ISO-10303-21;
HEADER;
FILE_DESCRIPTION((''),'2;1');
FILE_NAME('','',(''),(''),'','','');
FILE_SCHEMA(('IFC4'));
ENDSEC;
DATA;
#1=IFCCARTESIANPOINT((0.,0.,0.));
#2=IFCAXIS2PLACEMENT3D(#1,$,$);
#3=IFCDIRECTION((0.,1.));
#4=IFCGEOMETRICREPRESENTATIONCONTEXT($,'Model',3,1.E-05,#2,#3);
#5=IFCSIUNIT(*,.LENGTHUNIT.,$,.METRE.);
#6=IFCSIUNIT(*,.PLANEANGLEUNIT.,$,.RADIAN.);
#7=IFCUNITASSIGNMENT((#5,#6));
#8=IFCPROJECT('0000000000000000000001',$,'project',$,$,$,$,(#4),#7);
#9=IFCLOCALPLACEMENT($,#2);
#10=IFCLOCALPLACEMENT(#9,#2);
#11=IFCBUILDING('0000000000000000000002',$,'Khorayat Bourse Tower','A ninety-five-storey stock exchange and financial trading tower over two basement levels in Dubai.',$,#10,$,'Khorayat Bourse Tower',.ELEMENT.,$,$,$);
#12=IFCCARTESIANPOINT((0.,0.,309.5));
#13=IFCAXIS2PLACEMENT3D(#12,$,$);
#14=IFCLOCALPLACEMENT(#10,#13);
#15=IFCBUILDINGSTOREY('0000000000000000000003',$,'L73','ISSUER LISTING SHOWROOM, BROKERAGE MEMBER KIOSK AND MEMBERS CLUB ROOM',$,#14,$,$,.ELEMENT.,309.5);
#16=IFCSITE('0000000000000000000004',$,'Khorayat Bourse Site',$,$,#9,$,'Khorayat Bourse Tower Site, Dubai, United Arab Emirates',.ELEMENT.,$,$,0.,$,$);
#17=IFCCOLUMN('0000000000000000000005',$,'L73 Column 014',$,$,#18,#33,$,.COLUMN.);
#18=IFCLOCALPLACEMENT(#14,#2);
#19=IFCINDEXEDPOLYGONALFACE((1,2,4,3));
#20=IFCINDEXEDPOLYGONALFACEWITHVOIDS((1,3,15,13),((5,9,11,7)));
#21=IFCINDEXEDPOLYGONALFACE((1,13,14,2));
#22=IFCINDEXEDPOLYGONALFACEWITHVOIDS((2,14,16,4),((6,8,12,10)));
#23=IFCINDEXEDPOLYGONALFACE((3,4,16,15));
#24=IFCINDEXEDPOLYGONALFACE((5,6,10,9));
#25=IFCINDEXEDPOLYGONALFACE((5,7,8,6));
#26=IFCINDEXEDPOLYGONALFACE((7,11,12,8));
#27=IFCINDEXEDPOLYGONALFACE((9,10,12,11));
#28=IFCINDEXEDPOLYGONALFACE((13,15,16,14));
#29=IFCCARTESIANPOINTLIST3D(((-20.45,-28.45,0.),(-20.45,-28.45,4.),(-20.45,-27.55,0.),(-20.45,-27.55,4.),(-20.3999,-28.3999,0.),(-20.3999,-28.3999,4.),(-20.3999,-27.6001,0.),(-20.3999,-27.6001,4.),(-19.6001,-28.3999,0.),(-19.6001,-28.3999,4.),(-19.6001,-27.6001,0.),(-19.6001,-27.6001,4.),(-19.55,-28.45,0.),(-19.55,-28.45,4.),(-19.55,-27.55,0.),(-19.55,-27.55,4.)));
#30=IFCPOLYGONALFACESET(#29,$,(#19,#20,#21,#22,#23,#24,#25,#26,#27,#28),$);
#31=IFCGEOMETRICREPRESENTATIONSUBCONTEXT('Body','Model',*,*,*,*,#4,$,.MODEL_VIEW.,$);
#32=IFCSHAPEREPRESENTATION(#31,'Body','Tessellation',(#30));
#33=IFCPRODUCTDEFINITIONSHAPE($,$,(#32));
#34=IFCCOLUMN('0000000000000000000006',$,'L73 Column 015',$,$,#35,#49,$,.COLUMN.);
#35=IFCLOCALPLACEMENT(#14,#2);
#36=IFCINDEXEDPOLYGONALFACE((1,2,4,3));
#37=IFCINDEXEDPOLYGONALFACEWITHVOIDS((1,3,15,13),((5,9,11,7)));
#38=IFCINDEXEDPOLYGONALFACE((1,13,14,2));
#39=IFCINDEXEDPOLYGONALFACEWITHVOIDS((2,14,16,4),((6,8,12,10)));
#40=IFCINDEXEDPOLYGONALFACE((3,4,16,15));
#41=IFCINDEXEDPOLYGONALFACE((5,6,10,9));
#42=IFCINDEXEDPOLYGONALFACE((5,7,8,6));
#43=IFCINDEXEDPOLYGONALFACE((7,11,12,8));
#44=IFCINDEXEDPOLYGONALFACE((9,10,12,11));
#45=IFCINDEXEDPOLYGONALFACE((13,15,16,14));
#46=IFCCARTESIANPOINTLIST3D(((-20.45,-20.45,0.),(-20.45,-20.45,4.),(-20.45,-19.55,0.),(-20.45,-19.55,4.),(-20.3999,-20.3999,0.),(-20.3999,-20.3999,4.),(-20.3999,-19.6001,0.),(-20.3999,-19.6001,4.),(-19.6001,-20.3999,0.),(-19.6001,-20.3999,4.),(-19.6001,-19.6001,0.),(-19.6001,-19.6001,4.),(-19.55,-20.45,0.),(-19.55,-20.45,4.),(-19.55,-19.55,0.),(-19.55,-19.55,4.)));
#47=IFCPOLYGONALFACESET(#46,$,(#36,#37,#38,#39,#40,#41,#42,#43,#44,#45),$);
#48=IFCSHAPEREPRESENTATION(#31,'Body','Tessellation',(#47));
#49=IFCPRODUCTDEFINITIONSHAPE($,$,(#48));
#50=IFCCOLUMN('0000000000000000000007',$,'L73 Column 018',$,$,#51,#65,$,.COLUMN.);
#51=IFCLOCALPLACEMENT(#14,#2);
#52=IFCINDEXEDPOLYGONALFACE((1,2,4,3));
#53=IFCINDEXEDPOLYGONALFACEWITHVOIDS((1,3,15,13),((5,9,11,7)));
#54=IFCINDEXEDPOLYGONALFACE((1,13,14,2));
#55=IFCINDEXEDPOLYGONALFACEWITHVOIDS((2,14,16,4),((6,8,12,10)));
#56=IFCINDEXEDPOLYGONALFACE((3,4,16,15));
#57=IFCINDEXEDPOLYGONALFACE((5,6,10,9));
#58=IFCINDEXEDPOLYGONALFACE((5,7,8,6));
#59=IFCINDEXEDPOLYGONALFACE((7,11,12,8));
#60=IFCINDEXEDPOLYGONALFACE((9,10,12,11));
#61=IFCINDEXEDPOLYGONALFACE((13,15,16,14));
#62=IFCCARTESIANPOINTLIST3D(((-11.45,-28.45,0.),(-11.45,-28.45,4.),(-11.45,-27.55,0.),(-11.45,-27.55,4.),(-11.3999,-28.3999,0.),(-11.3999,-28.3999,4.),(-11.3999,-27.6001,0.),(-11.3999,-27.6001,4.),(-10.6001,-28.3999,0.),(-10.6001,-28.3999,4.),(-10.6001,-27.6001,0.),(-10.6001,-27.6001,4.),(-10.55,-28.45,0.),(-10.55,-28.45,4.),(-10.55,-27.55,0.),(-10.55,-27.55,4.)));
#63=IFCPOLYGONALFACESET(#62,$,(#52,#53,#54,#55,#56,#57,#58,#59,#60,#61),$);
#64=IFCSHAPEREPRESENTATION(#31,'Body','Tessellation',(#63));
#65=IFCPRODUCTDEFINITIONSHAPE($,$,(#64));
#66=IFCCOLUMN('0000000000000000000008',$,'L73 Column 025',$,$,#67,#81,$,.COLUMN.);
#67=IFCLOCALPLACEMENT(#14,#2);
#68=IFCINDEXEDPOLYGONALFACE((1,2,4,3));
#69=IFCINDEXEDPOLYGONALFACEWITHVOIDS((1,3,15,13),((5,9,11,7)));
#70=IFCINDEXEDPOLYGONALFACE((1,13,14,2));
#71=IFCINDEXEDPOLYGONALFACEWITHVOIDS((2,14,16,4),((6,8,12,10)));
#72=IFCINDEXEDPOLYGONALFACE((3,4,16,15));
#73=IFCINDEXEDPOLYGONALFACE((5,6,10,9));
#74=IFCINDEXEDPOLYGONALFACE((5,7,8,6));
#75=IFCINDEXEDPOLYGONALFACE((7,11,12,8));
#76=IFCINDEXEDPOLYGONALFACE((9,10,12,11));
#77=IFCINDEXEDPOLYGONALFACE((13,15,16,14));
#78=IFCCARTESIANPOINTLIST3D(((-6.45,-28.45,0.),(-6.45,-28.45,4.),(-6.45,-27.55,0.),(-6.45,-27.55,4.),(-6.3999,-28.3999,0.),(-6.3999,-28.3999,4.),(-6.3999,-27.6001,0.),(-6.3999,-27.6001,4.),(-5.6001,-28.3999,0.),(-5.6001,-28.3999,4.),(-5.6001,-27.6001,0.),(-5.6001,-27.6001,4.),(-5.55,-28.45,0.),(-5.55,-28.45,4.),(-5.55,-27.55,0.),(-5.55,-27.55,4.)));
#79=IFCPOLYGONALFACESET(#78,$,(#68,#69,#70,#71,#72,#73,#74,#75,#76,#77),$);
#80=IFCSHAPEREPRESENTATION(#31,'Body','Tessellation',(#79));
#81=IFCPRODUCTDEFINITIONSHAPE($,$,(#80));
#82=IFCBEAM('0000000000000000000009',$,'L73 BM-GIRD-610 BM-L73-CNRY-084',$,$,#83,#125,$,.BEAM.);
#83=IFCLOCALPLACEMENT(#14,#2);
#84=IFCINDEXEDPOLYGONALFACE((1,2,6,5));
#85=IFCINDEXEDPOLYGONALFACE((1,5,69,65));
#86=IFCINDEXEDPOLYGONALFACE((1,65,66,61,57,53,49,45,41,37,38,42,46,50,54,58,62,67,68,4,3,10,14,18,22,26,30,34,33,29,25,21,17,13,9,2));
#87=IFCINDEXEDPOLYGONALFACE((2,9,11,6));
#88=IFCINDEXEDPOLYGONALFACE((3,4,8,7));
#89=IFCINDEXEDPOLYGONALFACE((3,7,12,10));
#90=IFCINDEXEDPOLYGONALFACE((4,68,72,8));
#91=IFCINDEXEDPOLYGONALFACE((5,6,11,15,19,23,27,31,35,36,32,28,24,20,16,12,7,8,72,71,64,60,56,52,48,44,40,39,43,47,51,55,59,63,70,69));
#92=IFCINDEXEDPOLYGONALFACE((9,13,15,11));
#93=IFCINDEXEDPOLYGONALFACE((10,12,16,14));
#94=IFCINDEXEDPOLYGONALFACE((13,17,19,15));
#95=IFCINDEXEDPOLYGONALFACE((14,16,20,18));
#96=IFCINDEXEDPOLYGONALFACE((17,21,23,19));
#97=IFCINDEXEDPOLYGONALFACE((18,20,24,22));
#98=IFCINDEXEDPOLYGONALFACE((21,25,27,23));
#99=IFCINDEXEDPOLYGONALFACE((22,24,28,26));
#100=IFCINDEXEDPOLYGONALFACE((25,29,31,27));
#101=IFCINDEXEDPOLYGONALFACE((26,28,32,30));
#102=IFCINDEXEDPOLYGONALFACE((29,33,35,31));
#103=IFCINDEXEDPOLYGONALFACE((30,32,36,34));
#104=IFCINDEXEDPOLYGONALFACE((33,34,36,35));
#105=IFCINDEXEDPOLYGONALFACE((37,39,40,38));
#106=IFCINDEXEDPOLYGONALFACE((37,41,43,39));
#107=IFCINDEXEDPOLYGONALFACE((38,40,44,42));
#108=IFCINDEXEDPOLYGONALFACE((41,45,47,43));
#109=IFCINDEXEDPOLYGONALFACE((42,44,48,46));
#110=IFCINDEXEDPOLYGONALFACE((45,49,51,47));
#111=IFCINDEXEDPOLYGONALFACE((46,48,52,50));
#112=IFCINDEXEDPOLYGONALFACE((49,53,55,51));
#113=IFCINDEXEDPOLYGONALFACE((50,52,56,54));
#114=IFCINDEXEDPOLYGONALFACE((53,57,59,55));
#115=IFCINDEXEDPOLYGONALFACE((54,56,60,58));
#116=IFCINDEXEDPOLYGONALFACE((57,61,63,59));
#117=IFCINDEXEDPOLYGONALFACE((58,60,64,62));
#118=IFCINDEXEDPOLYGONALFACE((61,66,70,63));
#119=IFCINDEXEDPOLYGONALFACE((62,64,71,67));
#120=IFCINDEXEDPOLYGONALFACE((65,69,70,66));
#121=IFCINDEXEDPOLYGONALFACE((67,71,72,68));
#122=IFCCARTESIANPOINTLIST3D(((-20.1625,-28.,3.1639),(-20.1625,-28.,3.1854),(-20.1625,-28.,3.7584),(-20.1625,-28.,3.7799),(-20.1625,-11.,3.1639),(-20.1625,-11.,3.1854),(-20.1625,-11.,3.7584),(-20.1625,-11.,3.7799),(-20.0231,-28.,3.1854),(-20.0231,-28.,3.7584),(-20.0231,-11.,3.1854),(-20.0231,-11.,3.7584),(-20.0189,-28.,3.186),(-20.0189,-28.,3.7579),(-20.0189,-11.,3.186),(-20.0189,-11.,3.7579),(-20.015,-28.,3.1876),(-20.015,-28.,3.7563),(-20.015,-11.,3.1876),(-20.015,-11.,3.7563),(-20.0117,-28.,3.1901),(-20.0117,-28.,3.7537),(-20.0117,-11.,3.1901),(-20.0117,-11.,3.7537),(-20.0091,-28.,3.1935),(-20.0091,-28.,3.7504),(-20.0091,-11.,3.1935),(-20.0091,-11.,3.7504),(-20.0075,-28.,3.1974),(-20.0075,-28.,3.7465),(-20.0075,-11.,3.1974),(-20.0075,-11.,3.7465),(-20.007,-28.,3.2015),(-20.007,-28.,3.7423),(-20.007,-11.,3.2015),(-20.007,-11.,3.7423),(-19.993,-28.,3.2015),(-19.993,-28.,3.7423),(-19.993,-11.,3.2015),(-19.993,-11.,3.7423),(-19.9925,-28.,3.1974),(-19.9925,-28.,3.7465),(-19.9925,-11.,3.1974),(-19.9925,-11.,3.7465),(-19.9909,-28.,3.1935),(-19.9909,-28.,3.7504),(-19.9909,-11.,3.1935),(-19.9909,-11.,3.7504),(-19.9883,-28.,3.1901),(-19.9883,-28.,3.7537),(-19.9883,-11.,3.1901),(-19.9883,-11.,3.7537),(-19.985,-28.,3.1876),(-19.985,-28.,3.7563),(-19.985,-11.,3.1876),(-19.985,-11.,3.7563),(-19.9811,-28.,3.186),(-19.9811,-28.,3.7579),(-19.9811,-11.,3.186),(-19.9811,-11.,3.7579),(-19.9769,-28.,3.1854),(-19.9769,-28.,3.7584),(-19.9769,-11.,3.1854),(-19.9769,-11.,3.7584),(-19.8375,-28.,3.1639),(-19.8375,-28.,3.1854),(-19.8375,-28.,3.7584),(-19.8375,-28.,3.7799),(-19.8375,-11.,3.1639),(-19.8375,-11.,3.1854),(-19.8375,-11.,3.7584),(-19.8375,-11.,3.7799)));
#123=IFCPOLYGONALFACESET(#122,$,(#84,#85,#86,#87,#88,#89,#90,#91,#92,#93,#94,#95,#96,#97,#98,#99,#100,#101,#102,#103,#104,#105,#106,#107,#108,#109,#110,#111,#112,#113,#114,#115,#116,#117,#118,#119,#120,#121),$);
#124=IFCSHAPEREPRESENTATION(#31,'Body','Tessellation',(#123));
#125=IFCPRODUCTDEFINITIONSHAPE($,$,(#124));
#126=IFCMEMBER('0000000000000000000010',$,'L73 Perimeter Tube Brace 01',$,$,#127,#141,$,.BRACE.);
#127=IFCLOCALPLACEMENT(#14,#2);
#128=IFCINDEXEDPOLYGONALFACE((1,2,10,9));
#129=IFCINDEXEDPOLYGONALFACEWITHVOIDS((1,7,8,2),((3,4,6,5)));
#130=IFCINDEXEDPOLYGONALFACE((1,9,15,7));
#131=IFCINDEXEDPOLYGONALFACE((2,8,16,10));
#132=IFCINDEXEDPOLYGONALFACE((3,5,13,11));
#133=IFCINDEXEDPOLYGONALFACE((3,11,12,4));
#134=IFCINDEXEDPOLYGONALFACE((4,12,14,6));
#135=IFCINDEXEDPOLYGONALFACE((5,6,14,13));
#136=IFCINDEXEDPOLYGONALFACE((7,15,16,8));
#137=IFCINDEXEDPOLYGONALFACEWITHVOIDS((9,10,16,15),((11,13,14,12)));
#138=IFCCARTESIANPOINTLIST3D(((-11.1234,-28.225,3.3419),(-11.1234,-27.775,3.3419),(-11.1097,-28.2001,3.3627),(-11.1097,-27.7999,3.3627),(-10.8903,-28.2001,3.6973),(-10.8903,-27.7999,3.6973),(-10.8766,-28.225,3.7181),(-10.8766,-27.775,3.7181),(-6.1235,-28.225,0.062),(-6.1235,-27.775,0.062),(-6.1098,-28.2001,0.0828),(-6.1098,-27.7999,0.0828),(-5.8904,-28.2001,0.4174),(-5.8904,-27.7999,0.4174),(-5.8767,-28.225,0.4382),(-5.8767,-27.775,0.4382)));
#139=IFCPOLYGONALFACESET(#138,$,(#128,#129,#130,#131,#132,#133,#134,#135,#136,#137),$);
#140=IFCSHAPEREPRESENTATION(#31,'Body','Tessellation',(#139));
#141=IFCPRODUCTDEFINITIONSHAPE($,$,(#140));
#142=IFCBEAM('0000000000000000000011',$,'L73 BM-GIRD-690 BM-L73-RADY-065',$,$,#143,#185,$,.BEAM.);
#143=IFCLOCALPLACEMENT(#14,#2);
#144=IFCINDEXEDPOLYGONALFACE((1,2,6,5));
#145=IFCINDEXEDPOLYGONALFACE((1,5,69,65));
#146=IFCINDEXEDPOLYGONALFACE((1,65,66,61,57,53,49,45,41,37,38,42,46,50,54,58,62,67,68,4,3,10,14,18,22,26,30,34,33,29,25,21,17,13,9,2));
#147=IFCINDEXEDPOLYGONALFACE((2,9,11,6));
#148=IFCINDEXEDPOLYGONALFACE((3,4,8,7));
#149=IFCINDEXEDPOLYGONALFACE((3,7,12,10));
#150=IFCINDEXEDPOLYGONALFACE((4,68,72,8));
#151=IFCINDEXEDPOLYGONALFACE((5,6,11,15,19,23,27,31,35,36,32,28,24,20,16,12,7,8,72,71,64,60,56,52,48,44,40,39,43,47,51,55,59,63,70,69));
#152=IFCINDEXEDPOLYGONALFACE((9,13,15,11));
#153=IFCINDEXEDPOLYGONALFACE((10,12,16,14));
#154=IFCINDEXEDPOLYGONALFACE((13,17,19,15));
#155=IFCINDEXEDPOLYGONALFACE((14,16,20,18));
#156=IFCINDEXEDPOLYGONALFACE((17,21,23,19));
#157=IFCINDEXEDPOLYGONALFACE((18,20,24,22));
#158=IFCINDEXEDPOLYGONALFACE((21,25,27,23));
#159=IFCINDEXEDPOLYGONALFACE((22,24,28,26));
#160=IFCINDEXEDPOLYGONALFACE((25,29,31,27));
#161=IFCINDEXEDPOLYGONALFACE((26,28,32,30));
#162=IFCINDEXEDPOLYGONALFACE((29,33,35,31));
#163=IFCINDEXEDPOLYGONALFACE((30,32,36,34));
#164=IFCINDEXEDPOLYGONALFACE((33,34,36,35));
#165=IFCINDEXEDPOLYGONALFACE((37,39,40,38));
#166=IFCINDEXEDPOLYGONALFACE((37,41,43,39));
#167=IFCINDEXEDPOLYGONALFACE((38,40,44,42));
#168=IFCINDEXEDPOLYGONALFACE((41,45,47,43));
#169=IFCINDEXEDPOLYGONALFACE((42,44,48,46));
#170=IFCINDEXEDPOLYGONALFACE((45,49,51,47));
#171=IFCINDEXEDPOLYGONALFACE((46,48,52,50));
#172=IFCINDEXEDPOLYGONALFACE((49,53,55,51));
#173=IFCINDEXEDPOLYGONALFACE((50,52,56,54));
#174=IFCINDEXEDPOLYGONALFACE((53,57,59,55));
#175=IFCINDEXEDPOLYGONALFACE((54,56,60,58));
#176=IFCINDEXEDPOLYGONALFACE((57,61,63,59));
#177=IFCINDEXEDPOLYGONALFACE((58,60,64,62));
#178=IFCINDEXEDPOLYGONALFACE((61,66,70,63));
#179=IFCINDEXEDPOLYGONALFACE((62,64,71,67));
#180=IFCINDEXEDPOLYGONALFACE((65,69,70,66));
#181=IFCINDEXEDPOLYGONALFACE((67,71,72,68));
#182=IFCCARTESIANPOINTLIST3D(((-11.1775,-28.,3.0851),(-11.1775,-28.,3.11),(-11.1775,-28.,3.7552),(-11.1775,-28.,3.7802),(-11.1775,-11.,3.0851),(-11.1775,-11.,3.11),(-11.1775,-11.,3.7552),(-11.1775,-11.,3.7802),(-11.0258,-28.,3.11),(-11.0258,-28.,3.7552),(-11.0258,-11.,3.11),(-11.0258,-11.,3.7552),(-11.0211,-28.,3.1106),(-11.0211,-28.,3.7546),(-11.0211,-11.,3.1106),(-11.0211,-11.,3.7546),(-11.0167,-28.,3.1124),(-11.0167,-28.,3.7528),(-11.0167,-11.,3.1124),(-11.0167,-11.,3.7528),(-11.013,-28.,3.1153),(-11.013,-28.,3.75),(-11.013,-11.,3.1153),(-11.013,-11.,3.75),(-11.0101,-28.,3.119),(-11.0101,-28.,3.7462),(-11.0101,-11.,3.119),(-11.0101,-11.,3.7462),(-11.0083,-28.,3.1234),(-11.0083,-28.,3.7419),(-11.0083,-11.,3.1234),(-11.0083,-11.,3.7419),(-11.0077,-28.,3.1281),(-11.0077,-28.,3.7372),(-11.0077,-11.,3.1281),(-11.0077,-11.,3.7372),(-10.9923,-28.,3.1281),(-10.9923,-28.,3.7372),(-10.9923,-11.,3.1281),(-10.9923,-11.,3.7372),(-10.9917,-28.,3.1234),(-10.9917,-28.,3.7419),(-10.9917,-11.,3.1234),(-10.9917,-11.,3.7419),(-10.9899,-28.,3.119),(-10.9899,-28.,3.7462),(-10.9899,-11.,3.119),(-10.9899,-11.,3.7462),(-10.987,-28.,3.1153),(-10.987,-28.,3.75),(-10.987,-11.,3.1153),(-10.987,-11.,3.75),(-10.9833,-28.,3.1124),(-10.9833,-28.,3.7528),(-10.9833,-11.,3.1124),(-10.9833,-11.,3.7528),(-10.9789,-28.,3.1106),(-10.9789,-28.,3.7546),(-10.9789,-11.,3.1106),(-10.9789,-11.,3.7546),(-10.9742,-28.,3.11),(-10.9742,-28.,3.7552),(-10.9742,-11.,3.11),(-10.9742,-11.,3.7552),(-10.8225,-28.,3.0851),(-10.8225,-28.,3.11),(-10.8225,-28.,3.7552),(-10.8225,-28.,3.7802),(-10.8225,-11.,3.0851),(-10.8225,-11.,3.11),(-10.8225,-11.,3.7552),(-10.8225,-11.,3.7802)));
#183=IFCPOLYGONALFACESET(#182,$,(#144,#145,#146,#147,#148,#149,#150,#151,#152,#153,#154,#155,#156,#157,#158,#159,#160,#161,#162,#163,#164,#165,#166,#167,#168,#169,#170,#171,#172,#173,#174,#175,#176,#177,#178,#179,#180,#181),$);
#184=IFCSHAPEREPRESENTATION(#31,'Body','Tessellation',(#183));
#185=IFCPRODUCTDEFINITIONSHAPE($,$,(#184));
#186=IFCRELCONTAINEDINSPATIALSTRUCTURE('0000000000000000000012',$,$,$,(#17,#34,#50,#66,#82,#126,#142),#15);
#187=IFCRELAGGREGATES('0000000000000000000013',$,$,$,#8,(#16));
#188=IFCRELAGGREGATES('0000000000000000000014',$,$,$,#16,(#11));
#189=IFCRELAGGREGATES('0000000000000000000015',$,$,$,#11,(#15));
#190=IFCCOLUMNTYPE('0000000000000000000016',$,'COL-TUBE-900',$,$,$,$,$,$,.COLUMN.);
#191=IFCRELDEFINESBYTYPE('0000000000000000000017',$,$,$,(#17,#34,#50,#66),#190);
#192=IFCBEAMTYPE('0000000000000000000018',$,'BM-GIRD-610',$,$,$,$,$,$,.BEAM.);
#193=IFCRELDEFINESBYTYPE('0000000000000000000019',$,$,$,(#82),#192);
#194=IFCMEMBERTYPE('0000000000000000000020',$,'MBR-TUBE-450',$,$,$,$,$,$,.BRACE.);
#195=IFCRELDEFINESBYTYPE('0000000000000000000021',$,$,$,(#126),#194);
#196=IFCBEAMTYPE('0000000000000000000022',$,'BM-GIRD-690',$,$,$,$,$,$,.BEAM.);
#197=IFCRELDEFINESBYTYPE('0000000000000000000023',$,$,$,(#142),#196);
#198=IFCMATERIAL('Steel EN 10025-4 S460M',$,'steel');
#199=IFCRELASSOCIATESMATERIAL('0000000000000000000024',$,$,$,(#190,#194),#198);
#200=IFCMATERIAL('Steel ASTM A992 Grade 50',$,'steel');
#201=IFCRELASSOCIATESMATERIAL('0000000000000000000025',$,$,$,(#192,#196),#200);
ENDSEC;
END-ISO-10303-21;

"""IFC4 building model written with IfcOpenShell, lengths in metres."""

from ifc_helpers import new_model, si_unit, direction, frame, origin, origin_2d, place, context, subcontext, project, spatial, hollow_rectangle, i_section, extrude, source, transform, mapped, material, material_profile, profile_set, type_object, element, save


model = new_model("IFC4")

# Units and contexts
model_context = context("Model", 3, precision=1e-05, world=origin(), true_north=direction((0.0, 1.0)))
body_context = subcontext(model_context, "Body", "Model", "MODEL_VIEW")
ifc_project = project(units=[si_unit("LENGTHUNIT", "METRE"), si_unit("PLANEANGLEUNIT", "RADIAN")], contexts=[model_context])

# Site, building, storey
site_placement = place(None, origin())
site = spatial("IfcSite", under=ifc_project, at=site_placement, Name="Khorayat Bourse Site", LongName="Khorayat Bourse Tower Site, Dubai, United Arab Emirates", CompositionType="ELEMENT", RefElevation=0.0)
building_placement = place(site_placement, origin())
building = spatial("IfcBuilding", under=site, at=building_placement, Name="Khorayat Bourse Tower", Description="A ninety-five-storey stock exchange and financial trading tower over two basement levels in Dubai.", LongName="Khorayat Bourse Tower", CompositionType="ELEMENT")
storey_placement = place(building_placement, frame((0.0, 0.0, 309.5)))
storey = spatial("IfcBuildingStorey", under=building, at=storey_placement, Name="L73", Description="ISSUER LISTING SHOWROOM, BROKERAGE MEMBER KIOSK AND MEMBERS CLUB ROOM", CompositionType="ELEMENT", Elevation=309.5)

# Columns
ifc_material_1 = material(Name="Steel EN 10025-4 S460M", Category="steel")
ifc_material_profile_1 = material_profile(ifc_material_1, hollow_rectangle(XDim=0.8999, YDim=0.8999, WallThickness=0.05, at=origin_2d()), Name="BOX 900x900x50")
ifc_profile_set_1 = profile_set([ifc_material_profile_1], Name="Steel EN 10025-4 S460M")
column_type = type_object("IfcColumnType", Name="COL-TUBE-900", PredefinedType="COLUMN", material=ifc_profile_set_1)
shared_shape_1 = source(origin(), body_context, "Body", "SweptSolid", [
    extrude(hollow_rectangle(XDim=0.8999, YDim=0.8999, WallThickness=0.05, at=origin_2d()), origin(), (0.0, 0.0, 1.0), 4.0),
])
for number, where, z_axis, x_axis, name in (
    (1, (-20.0, -28.0, 0.0), (0.0, 0.0, 1.0), (1.0, 0.0, 0.0), "L73 Column 014"),
    (2, (-20.0, -20.0, 0.0), (0.0, 0.0, 1.0), (1.0, 0.0, 0.0), "L73 Column 015"),
    (3, (-11.0, -28.0, 0.0), (0.0, 0.0, 1.0), (1.0, 0.0, 0.0), "L73 Column 018"),
    (4, (-6.0, -28.0, 0.0), (0.0, 0.0, 1.0), (1.0, 0.0, 0.0), "L73 Column 025"),
):
    element("IfcColumn", number, at=place(storey_placement, frame(where, z_axis=z_axis, x_axis=x_axis)), inside=storey, type_object=column_type, Name=name, PredefinedType="COLUMN", context=body_context, shape_type="MappedRepresentation", body=[
        mapped(shared_shape_1, transform((0.0, 0.0, 0.0), scale=1.0)),
    ])

# Beam
ifc_material_2 = material(Name="Steel ASTM A992 Grade 50", Category="steel")
ifc_material_profile_2 = material_profile(ifc_material_2, i_section(OverallWidth=0.325, OverallDepth=0.616, WebThickness=0.0139, FlangeThickness=0.0215, FilletRadius=0.0161, at=origin_2d()), Name="W610X174")
ifc_profile_set_2 = profile_set([ifc_material_profile_2], Name="Steel ASTM A992 Grade 50")
beam_type_1 = type_object("IfcBeamType", Name="BM-GIRD-610", PredefinedType="BEAM", material=ifc_profile_set_2)
shared_shape_2 = source(origin(), body_context, "Body", "SweptSolid", [
    extrude(i_section(OverallWidth=0.325, OverallDepth=0.616, WebThickness=0.0139, FlangeThickness=0.0215, FilletRadius=0.0161, at=origin_2d()), origin(), (0.0, 0.0, 1.0), 17.0),
])
beam_1_placement = place(storey_placement, frame((-20.0, -28.0, 3.4719), z_axis=(0.0, 1.0, 0.0), x_axis=(-1.0, 0.0, 0.0)))
element("IfcBeam", 5, at=beam_1_placement, inside=storey, type_object=beam_type_1, Name="L73 BM-GIRD-610 BM-L73-CNRY-084", PredefinedType="BEAM", context=body_context, shape_type="MappedRepresentation", body=[
    mapped(shared_shape_2, transform((0.0, 0.0, 0.0), scale=1.0)),
])

# Member
ifc_material_profile_3 = material_profile(ifc_material_1, hollow_rectangle(XDim=0.45, YDim=0.45, WallThickness=0.0249, at=origin_2d()), Name="HSS 450x450x25")
ifc_profile_set_3 = profile_set([ifc_material_profile_3], Name="Steel EN 10025-4 S460M")
member_type_1 = type_object("IfcMemberType", Name="MBR-TUBE-450", PredefinedType="BRACE", material=ifc_profile_set_3)
shared_shape_3 = source(origin(), body_context, "Body", "SweptSolid", [
    extrude(hollow_rectangle(XDim=0.45, YDim=0.45, WallThickness=0.0249, at=origin_2d()), origin(), (0.0, 0.0, 1.0), 5.9797),
])
member_1_placement = place(storey_placement, frame((-11.0, -28.0, 3.53), z_axis=(0.836142, 0.0, -0.548514), x_axis=(0.0, 1.0, 0.0)))
element("IfcMember", 6, at=member_1_placement, inside=storey, type_object=member_type_1, Name="L73 Perimeter Tube Brace 01", PredefinedType="BRACE", context=body_context, shape_type="MappedRepresentation", body=[
    mapped(shared_shape_3, transform((0.0, 0.0, 0.0), scale=1.0)),
])

# Beam
ifc_material_profile_4 = material_profile(ifc_material_2, i_section(OverallWidth=0.355, OverallDepth=0.6951, WebThickness=0.0154, FlangeThickness=0.0249, FilletRadius=0.0181, at=origin_2d()), Name="W690X217")
ifc_profile_set_4 = profile_set([ifc_material_profile_4], Name="Steel ASTM A992 Grade 50")
beam_type_2 = type_object("IfcBeamType", Name="BM-GIRD-690", PredefinedType="BEAM", material=ifc_profile_set_4)
shared_shape_4 = source(origin(), body_context, "Body", "SweptSolid", [
    extrude(i_section(OverallWidth=0.355, OverallDepth=0.6951, WebThickness=0.0154, FlangeThickness=0.0249, FilletRadius=0.0181, at=origin_2d()), origin(), (0.0, 0.0, 1.0), 17.0),
])
for number, where, z_axis, x_axis, name in (
    (7, (-11.0, -28.0, 3.4326), (0.0, 1.0, 0.0), (-1.0, 0.0, 0.0), "L73 BM-GIRD-690 BM-L73-RADY-065"),
):
    element("IfcBeam", number, at=place(storey_placement, frame(where, z_axis=z_axis, x_axis=x_axis)), inside=storey, type_object=beam_type_2, Name=name, PredefinedType="BEAM", context=body_context, shape_type="MappedRepresentation", body=[
        mapped(shared_shape_4, transform((0.0, 0.0, 0.0), scale=1.0)),
    ])

save(model, "model.ifc")
